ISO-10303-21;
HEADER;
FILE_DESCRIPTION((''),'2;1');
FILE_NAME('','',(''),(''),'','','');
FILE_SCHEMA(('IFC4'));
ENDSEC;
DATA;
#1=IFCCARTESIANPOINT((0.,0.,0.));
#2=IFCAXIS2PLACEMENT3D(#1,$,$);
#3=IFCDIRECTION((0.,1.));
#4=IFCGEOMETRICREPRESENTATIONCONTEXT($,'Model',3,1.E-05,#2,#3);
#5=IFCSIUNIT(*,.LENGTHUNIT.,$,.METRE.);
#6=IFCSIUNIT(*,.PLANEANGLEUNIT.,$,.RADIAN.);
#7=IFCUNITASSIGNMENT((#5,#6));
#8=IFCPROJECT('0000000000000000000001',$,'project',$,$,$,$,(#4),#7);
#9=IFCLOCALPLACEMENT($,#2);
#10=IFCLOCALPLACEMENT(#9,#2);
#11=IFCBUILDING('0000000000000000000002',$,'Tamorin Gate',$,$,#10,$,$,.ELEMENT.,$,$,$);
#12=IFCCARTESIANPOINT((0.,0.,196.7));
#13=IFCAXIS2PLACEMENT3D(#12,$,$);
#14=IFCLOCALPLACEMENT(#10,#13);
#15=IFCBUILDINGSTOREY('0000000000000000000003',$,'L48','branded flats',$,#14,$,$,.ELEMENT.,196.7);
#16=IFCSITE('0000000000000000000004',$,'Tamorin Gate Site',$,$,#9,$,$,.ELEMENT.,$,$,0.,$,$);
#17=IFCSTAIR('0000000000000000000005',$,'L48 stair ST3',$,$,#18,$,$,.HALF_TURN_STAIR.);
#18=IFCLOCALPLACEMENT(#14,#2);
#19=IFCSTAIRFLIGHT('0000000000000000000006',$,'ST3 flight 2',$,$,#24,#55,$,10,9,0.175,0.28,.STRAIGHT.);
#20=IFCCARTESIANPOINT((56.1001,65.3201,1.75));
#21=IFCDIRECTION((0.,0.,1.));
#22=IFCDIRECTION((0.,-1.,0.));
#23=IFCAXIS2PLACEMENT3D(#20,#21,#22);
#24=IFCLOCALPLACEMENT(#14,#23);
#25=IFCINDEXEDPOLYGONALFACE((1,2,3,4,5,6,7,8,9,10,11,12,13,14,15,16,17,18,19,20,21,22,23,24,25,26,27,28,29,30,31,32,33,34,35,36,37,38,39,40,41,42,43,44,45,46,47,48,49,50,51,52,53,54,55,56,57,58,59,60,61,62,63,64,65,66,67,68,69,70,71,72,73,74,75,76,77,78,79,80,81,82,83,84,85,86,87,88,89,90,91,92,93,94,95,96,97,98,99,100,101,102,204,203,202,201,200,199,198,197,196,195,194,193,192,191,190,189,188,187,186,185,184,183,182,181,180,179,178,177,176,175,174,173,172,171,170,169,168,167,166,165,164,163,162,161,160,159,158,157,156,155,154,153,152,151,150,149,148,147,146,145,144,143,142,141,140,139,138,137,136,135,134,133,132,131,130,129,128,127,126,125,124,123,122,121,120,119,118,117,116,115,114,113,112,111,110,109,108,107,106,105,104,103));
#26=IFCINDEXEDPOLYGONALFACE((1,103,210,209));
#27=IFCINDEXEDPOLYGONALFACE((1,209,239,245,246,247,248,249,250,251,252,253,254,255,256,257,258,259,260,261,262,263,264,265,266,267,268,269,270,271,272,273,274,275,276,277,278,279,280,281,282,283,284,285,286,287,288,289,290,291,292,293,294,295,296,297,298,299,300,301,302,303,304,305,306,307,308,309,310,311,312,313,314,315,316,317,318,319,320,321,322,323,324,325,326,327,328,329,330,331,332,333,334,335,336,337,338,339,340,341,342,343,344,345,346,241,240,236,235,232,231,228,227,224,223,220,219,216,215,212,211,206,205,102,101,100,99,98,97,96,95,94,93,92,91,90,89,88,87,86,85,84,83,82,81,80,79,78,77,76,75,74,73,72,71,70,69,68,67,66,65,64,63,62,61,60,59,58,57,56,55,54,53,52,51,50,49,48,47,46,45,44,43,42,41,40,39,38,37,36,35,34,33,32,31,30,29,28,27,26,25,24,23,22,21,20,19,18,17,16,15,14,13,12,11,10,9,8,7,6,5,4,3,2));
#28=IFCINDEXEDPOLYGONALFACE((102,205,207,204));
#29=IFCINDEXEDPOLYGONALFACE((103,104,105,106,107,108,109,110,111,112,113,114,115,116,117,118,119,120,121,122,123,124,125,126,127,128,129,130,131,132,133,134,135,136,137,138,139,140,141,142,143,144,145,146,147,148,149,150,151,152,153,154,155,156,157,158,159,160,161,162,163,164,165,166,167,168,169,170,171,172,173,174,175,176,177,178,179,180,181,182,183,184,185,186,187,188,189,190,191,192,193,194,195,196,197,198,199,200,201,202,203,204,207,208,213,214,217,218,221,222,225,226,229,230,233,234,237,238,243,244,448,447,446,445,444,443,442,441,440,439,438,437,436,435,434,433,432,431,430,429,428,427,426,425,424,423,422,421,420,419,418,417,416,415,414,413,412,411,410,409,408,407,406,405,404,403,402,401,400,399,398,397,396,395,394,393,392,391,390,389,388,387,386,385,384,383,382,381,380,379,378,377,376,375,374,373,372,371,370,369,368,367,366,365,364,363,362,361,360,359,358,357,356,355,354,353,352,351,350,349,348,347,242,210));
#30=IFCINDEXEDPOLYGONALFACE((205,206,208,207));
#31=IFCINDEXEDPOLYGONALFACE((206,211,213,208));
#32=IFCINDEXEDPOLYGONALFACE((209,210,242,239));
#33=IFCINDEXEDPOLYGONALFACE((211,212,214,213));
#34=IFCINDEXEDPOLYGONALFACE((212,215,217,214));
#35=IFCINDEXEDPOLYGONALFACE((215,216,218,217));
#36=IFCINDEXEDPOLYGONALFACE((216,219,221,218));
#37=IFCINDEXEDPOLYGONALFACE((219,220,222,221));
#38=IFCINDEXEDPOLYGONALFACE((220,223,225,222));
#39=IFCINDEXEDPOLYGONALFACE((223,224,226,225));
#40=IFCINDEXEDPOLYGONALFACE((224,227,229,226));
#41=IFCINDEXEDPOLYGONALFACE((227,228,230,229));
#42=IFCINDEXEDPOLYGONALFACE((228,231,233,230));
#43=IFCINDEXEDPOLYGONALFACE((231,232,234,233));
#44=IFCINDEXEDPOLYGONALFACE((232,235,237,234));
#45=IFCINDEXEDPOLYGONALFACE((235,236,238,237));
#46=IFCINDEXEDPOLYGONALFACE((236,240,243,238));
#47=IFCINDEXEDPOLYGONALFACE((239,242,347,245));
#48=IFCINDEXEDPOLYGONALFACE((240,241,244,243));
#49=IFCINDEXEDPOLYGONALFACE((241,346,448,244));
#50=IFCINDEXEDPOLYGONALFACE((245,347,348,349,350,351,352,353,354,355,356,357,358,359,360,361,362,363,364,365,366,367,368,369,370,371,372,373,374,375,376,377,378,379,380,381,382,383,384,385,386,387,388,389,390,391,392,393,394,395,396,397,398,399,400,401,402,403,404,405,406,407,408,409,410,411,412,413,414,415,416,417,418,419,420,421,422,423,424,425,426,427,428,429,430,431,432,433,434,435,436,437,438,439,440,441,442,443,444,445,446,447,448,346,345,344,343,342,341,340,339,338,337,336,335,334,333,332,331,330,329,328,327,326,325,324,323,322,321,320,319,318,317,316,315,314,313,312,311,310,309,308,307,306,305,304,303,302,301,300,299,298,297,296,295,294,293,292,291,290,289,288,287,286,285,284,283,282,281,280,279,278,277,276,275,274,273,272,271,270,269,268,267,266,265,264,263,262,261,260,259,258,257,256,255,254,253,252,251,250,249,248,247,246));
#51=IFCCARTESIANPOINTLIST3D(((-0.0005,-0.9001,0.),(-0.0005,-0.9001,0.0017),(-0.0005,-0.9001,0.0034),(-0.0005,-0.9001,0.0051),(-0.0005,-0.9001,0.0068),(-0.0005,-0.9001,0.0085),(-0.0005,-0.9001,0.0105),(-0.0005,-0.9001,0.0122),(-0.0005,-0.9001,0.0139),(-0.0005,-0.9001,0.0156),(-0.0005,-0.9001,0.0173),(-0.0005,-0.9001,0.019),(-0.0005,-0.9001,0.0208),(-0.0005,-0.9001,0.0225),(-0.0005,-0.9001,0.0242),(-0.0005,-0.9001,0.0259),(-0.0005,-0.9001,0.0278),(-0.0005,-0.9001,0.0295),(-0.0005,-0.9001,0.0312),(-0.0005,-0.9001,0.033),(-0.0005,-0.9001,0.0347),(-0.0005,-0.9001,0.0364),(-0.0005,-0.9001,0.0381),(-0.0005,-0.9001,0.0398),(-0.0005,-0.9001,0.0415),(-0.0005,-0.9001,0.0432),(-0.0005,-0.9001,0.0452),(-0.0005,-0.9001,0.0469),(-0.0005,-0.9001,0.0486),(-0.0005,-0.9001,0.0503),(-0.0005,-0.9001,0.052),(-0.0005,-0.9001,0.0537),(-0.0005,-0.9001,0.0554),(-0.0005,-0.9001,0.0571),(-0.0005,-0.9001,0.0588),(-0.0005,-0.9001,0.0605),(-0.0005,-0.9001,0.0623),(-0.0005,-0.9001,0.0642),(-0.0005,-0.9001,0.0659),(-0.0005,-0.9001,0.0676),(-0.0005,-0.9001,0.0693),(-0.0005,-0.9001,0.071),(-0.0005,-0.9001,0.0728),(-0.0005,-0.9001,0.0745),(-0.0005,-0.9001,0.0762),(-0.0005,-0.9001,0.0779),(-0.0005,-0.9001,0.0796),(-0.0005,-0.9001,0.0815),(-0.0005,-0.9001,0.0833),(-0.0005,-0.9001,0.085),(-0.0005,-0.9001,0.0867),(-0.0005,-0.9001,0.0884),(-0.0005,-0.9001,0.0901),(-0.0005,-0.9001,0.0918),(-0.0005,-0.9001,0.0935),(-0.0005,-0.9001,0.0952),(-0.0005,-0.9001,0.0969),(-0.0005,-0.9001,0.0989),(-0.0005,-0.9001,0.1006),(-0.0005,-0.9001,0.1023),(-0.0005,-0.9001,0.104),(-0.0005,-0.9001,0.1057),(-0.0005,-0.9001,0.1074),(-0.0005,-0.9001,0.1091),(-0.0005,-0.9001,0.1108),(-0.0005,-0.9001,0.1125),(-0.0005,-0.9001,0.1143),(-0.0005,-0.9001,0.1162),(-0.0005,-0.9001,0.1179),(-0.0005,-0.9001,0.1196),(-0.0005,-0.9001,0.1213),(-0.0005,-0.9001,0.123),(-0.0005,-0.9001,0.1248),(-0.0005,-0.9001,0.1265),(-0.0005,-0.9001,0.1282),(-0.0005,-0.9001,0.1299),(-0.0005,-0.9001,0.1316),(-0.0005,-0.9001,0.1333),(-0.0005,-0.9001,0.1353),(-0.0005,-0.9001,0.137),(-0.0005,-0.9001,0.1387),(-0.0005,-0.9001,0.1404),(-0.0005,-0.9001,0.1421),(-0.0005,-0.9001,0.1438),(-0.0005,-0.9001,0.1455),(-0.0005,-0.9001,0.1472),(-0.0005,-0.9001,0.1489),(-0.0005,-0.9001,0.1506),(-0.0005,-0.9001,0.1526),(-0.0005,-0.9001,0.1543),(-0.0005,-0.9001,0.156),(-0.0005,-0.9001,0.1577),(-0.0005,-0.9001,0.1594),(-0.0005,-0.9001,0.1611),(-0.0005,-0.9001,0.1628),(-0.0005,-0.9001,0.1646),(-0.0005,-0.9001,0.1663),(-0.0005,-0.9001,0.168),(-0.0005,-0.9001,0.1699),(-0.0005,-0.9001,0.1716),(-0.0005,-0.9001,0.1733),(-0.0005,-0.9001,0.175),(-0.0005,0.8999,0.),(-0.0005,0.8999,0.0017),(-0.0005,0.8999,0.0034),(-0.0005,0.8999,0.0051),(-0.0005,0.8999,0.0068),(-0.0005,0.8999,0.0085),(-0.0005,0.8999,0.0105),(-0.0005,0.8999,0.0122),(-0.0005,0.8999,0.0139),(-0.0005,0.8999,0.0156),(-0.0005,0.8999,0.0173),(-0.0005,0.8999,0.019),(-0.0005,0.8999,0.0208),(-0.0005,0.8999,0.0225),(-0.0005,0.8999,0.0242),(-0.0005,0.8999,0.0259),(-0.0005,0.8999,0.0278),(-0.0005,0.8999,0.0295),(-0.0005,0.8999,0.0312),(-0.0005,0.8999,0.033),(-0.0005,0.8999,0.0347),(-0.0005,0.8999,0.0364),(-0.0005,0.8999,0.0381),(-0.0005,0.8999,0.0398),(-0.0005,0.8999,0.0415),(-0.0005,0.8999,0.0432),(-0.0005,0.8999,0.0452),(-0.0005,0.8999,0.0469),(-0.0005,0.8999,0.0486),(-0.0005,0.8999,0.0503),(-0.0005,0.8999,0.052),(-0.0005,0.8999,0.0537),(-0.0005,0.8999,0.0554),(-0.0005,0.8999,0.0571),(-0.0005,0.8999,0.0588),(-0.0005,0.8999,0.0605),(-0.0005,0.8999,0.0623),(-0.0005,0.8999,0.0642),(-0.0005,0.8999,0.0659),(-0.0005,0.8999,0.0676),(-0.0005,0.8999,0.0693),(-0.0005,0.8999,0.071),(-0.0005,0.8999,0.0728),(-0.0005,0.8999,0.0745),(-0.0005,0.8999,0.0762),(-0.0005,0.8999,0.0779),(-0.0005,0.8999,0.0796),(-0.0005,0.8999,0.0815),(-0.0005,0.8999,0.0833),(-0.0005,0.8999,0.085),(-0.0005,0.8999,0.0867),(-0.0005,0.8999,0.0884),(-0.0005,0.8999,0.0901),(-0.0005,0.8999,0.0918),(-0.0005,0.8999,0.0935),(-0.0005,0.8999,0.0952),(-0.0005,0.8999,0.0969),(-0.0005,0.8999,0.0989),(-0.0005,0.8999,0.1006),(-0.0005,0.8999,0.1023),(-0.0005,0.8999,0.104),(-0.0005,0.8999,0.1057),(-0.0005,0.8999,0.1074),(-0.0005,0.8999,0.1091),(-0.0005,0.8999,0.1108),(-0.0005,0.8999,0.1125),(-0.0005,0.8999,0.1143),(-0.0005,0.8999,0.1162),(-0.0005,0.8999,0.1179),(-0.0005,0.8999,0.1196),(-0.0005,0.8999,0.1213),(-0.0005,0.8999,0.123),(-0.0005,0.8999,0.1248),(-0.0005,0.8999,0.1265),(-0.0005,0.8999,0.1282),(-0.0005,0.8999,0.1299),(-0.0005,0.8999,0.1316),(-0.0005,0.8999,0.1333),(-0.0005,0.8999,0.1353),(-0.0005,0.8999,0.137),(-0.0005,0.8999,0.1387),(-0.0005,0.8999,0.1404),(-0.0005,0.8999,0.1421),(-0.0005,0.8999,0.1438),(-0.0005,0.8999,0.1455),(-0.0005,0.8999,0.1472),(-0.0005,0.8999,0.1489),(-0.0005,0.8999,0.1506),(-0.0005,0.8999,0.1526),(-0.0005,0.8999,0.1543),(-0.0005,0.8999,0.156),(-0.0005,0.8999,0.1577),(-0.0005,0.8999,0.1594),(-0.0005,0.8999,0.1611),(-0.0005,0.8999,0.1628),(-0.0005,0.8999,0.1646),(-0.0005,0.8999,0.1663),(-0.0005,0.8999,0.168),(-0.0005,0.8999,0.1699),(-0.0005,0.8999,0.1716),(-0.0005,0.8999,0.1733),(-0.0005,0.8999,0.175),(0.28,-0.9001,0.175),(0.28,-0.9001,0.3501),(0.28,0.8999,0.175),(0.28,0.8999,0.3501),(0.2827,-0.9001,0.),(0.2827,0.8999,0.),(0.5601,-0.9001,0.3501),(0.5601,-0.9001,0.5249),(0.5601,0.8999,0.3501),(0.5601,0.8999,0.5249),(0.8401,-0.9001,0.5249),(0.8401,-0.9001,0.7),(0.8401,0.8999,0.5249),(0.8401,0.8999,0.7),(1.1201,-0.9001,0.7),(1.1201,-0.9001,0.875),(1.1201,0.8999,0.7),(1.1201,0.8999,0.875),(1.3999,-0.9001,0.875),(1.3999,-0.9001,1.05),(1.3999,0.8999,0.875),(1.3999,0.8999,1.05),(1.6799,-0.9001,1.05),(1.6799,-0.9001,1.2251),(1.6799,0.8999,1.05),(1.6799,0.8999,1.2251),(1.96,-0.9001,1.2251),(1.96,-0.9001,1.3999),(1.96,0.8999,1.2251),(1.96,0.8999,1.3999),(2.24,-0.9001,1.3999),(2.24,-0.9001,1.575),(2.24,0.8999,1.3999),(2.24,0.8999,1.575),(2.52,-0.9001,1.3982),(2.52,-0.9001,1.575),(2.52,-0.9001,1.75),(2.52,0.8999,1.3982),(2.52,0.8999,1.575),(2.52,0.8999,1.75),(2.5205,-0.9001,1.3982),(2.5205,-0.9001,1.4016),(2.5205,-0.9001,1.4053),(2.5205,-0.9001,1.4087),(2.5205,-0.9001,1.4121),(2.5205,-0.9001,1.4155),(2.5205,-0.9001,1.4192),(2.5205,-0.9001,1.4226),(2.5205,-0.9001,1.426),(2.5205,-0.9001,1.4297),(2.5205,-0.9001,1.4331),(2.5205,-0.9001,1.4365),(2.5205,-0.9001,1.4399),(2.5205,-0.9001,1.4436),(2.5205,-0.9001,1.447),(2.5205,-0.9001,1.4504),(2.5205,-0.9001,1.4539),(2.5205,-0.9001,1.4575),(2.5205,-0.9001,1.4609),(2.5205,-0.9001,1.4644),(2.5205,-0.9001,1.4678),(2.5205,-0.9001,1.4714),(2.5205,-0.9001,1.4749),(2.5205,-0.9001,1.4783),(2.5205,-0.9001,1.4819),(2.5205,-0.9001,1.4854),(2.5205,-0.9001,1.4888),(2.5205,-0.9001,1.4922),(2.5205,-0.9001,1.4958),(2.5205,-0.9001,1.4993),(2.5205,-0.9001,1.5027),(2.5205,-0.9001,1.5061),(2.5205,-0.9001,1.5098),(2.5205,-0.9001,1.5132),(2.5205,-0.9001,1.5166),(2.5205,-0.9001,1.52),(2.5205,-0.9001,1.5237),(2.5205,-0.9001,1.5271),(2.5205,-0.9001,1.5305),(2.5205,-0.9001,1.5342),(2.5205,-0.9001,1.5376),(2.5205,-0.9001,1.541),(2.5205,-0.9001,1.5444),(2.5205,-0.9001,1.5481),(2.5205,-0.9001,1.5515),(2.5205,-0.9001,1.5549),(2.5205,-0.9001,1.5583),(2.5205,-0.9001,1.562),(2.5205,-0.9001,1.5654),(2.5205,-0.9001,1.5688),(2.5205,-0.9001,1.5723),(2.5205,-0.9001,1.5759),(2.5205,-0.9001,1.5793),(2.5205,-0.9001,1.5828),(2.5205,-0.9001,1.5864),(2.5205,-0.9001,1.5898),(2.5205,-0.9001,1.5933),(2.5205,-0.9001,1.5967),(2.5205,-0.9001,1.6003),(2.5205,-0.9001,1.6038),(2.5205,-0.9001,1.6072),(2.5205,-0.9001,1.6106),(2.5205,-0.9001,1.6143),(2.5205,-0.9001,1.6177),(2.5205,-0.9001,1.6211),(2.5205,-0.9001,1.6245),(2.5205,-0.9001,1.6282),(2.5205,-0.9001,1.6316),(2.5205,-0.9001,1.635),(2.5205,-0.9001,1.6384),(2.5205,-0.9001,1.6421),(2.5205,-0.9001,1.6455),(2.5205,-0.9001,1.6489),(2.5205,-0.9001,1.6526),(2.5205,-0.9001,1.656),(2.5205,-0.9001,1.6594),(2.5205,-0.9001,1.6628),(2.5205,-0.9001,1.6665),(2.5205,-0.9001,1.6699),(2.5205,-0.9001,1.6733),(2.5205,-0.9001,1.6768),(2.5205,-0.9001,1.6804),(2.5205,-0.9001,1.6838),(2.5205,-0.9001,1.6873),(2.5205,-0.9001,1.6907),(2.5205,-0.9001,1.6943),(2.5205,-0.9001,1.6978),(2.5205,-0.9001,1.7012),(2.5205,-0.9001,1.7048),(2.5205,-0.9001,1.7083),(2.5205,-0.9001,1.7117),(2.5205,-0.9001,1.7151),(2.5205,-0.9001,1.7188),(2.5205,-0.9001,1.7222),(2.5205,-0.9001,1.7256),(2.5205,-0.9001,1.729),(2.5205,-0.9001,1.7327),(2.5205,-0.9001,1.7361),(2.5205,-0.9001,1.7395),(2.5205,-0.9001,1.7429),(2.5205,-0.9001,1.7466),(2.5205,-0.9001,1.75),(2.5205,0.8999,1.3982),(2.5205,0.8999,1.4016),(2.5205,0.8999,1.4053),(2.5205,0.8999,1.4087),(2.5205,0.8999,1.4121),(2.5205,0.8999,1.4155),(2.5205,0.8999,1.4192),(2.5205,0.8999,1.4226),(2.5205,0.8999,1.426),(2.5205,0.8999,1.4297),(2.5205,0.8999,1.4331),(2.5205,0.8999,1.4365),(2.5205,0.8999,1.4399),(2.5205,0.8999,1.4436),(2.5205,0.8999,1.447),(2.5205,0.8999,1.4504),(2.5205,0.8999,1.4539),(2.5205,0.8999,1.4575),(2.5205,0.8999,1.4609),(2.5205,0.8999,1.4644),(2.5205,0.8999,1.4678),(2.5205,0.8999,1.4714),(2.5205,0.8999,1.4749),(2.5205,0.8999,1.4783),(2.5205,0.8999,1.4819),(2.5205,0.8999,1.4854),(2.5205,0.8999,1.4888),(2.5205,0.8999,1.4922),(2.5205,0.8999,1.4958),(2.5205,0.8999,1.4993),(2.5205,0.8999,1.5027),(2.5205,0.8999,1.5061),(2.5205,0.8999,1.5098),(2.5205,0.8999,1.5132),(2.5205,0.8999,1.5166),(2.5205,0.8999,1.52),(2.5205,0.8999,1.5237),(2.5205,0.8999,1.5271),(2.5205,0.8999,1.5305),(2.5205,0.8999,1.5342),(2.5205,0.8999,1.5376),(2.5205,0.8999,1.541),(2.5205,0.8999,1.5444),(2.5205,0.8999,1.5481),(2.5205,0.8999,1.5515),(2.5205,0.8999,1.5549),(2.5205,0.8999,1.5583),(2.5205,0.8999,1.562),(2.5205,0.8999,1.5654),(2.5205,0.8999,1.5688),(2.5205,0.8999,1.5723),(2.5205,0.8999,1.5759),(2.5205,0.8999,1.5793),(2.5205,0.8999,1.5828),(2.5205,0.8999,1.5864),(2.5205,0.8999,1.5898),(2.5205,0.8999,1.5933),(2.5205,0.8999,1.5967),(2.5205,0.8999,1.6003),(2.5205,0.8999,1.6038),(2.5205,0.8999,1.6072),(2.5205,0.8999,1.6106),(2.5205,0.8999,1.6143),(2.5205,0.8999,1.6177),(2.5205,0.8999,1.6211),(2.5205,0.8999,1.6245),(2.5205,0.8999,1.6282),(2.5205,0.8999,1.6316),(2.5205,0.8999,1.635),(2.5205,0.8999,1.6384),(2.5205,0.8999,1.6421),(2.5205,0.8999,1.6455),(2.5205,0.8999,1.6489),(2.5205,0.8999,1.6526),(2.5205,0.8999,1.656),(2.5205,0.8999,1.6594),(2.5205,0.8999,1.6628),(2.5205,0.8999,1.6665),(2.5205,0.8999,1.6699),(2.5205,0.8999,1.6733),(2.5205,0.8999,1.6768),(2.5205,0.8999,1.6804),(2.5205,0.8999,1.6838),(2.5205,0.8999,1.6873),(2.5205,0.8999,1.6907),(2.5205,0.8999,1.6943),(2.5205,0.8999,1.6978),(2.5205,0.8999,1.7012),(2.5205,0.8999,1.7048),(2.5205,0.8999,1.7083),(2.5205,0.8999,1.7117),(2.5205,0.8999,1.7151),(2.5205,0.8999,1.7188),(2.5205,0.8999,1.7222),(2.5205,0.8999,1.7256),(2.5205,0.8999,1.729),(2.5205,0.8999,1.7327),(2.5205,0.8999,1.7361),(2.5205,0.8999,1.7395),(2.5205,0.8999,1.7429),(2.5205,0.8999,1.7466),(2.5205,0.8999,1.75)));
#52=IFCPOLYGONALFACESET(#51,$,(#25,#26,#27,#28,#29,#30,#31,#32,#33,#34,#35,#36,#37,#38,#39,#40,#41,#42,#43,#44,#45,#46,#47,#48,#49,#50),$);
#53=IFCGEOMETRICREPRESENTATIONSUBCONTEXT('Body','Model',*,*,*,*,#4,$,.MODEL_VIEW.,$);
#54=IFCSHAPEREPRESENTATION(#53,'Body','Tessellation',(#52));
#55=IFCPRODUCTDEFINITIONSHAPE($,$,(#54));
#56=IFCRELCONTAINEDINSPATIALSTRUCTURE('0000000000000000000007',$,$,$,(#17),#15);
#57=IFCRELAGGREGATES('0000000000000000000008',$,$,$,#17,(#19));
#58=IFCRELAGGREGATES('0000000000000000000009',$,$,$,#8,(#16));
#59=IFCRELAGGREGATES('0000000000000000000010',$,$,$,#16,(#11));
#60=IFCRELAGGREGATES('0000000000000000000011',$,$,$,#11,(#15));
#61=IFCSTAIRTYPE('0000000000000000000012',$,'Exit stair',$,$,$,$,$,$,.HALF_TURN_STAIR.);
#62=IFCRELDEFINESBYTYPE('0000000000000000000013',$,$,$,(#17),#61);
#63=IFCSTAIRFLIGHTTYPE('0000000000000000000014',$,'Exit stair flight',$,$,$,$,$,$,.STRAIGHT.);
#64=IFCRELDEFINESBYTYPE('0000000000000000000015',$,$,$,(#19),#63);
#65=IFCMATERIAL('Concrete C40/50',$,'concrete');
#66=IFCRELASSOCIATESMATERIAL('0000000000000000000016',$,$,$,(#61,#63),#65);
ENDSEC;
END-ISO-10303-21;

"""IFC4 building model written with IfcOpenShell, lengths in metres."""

from ifc_helpers import new_model, si_unit, direction, frame, origin, place, context, subcontext, project, spatial, polyline, outline, extrude, material, type_object, element, aggregate, save


model = new_model("IFC4")

# Units and contexts
model_context = context("Model", 3, precision=1e-05, world=origin(), true_north=direction((0.0, 1.0)))
body_context = subcontext(model_context, "Body", "Model", "MODEL_VIEW")
ifc_project = project(units=[si_unit("LENGTHUNIT", "METRE"), si_unit("PLANEANGLEUNIT", "RADIAN")], contexts=[model_context])

# Site, building, storey
site_placement = place(None, origin())
site = spatial("IfcSite", under=ifc_project, at=site_placement, Name="Tamorin Gate Site", CompositionType="ELEMENT", RefElevation=0.0)
building_placement = place(site_placement, origin())
building = spatial("IfcBuilding", under=site, at=building_placement, Name="Tamorin Gate", CompositionType="ELEMENT")
storey_placement = place(building_placement, frame((0.0, 0.0, 196.7)))
storey = spatial("IfcBuildingStorey", under=building, at=storey_placement, Name="L48", Description="branded flats", CompositionType="ELEMENT", Elevation=196.7)

# Stair, stair flight
ifc_material_1 = material(Name="Concrete C40/50", Category="concrete")
stair_type = type_object("IfcStairType", Name="Exit stair", PredefinedType="HALF_TURN_STAIR", material=ifc_material_1)
stair_placement = place(storey_placement, origin())
stair = element("IfcStair", 1, at=stair_placement, inside=storey, type_object=stair_type, Name="L48 stair ST3", PredefinedType="HALF_TURN_STAIR")
stair_flight_type = type_object("IfcStairFlightType", Name="Exit stair flight", PredefinedType="STRAIGHT", material=ifc_material_1)
stair_flight_1_placement = place(storey_placement, frame((56.1001, 65.3201, 1.75), z_axis=(0.0, 0.0, 1.0), x_axis=(0.0, -1.0, 0.0)))
stair_flight_1 = element("IfcStairFlight", 2, at=stair_flight_1_placement, type_object=stair_flight_type, Name="ST3 flight 2", NumberOfRisers=10, NumberOfTreads=9, PredefinedType="STRAIGHT", RiserHeight=0.175, TreadLength=0.28, context=body_context, shape_type="SweptSolid", body=[
    extrude(outline(polyline([(-0.0005, 0.0), (-0.0005, 0.0017), (-0.0005, 0.0034), (-0.0005, 0.0051), (-0.0005, 0.0068), (-0.0005, 0.0085), (-0.0005, 0.0105), (-0.0005, 0.0122), (-0.0005, 0.0139), (-0.0005, 0.0156), (-0.0005, 0.0173), (-0.0005, 0.019), (-0.0005, 0.0208), (-0.0005, 0.0225), (-0.0005, 0.0242), (-0.0005, 0.0259), (-0.0005, 0.0278), (-0.0005, 0.0295), (-0.0005, 0.0312), (-0.0005, 0.033), (-0.0005, 0.0347), (-0.0005, 0.0364), (-0.0005, 0.0381), (-0.0005, 0.0398), (-0.0005, 0.0415), (-0.0005, 0.0432), (-0.0005, 0.0452), (-0.0005, 0.0469), (-0.0005, 0.0486), (-0.0005, 0.0503), (-0.0005, 0.052), (-0.0005, 0.0537), (-0.0005, 0.0554), (-0.0005, 0.0571), (-0.0005, 0.0588), (-0.0005, 0.0605), (-0.0005, 0.0623), (-0.0005, 0.0642), (-0.0005, 0.0659), (-0.0005, 0.0676), (-0.0005, 0.0693), (-0.0005, 0.071), (-0.0005, 0.0728), (-0.0005, 0.0745), (-0.0005, 0.0762), (-0.0005, 0.0779), (-0.0005, 0.0796), (-0.0005, 0.0815), (-0.0005, 0.0833), (-0.0005, 0.085), (-0.0005, 0.0867), (-0.0005, 0.0884), (-0.0005, 0.0901), (-0.0005, 0.0918), (-0.0005, 0.0935), (-0.0005, 0.0952), (-0.0005, 0.0969), (-0.0005, 0.0989), (-0.0005, 0.1006), (-0.0005, 0.1023), (-0.0005, 0.104), (-0.0005, 0.1057), (-0.0005, 0.1074), (-0.0005, 0.1091), (-0.0005, 0.1108), (-0.0005, 0.1125), (-0.0005, 0.1143), (-0.0005, 0.1162), (-0.0005, 0.1179), (-0.0005, 0.1196), (-0.0005, 0.1213), (-0.0005, 0.123), (-0.0005, 0.1248), (-0.0005, 0.1265), (-0.0005, 0.1282), (-0.0005, 0.1299), (-0.0005, 0.1316), (-0.0005, 0.1333), (-0.0005, 0.1353), (-0.0005, 0.137), (-0.0005, 0.1387), (-0.0005, 0.1404), (-0.0005, 0.1421), (-0.0005, 0.1438), (-0.0005, 0.1455), (-0.0005, 0.1472), (-0.0005, 0.1489), (-0.0005, 0.1506), (-0.0005, 0.1526), (-0.0005, 0.1543), (-0.0005, 0.156), (-0.0005, 0.1577), (-0.0005, 0.1594), (-0.0005, 0.1611), (-0.0005, 0.1628), (-0.0005, 0.1646), (-0.0005, 0.1663), (-0.0005, 0.168), (-0.0005, 0.1699), (-0.0005, 0.1716), (-0.0005, 0.1733), (-0.0005, 0.175), (0.28, 0.175), (0.28, 0.3501), (0.5601, 0.3501), (0.5601, 0.5249), (0.8401, 0.5249), (0.8401, 0.7), (1.1201, 0.7), (1.1201, 0.875), (1.3999, 0.875), (1.3999, 1.05), (1.6799, 1.05), (1.6799, 1.2251), (1.96, 1.2251), (1.96, 1.3999), (2.24, 1.3999), (2.24, 1.575), (2.52, 1.575), (2.52, 1.75), (2.5205, 1.75), (2.5205, 1.7466), (2.5205, 1.7429), (2.5205, 1.7395), (2.5205, 1.7361), (2.5205, 1.7327), (2.5205, 1.729), (2.5205, 1.7256), (2.5205, 1.7222), (2.5205, 1.7188), (2.5205, 1.7151), (2.5205, 1.7117), (2.5205, 1.7083), (2.5205, 1.7048), (2.5205, 1.7012), (2.5205, 1.6978), (2.5205, 1.6943), (2.5205, 1.6907), (2.5205, 1.6873), (2.5205, 1.6838), (2.5205, 1.6804), (2.5205, 1.6768), (2.5205, 1.6733), (2.5205, 1.6699), (2.5205, 1.6665), (2.5205, 1.6628), (2.5205, 1.6594), (2.5205, 1.656), (2.5205, 1.6526), (2.5205, 1.6489), (2.5205, 1.6455), (2.5205, 1.6421), (2.5205, 1.6384), (2.5205, 1.635), (2.5205, 1.6316), (2.5205, 1.6282), (2.5205, 1.6245), (2.5205, 1.6211), (2.5205, 1.6177), (2.5205, 1.6143), (2.5205, 1.6106), (2.5205, 1.6072), (2.5205, 1.6038), (2.5205, 1.6003), (2.5205, 1.5967), (2.5205, 1.5933), (2.5205, 1.5898), (2.5205, 1.5864), (2.5205, 1.5828), (2.5205, 1.5793), (2.5205, 1.5759), (2.5205, 1.5723), (2.5205, 1.5688), (2.5205, 1.5654), (2.5205, 1.562), (2.5205, 1.5583), (2.5205, 1.5549), (2.5205, 1.5515), (2.5205, 1.5481), (2.5205, 1.5444), (2.5205, 1.541), (2.5205, 1.5376), (2.5205, 1.5342), (2.5205, 1.5305), (2.5205, 1.5271), (2.5205, 1.5237), (2.5205, 1.52), (2.5205, 1.5166), (2.5205, 1.5132), (2.5205, 1.5098), (2.5205, 1.5061), (2.5205, 1.5027), (2.5205, 1.4993), (2.5205, 1.4958), (2.5205, 1.4922), (2.5205, 1.4888), (2.5205, 1.4854), (2.5205, 1.4819), (2.5205, 1.4783), (2.5205, 1.4749), (2.5205, 1.4714), (2.5205, 1.4678), (2.5205, 1.4644), (2.5205, 1.4609), (2.5205, 1.4575), (2.5205, 1.4539), (2.5205, 1.4504), (2.5205, 1.447), (2.5205, 1.4436), (2.5205, 1.4399), (2.5205, 1.4365), (2.5205, 1.4331), (2.5205, 1.4297), (2.5205, 1.426), (2.5205, 1.4226), (2.5205, 1.4192), (2.5205, 1.4155), (2.5205, 1.4121), (2.5205, 1.4087), (2.5205, 1.4053), (2.5205, 1.4016), (2.5205, 1.3982), (2.52, 1.3982), (0.2827, 0.0), (-0.0005, 0.0)])), frame((0.0, 0.8999, 0.0), z_axis=(0.0, -1.0, 0.0), x_axis=(1.0, 0.0, 0.0)), (0.0, 0.0, 1.0), 1.8),
])
aggregate(stair, [stair_flight_1])

save(model, "model.ifc")
